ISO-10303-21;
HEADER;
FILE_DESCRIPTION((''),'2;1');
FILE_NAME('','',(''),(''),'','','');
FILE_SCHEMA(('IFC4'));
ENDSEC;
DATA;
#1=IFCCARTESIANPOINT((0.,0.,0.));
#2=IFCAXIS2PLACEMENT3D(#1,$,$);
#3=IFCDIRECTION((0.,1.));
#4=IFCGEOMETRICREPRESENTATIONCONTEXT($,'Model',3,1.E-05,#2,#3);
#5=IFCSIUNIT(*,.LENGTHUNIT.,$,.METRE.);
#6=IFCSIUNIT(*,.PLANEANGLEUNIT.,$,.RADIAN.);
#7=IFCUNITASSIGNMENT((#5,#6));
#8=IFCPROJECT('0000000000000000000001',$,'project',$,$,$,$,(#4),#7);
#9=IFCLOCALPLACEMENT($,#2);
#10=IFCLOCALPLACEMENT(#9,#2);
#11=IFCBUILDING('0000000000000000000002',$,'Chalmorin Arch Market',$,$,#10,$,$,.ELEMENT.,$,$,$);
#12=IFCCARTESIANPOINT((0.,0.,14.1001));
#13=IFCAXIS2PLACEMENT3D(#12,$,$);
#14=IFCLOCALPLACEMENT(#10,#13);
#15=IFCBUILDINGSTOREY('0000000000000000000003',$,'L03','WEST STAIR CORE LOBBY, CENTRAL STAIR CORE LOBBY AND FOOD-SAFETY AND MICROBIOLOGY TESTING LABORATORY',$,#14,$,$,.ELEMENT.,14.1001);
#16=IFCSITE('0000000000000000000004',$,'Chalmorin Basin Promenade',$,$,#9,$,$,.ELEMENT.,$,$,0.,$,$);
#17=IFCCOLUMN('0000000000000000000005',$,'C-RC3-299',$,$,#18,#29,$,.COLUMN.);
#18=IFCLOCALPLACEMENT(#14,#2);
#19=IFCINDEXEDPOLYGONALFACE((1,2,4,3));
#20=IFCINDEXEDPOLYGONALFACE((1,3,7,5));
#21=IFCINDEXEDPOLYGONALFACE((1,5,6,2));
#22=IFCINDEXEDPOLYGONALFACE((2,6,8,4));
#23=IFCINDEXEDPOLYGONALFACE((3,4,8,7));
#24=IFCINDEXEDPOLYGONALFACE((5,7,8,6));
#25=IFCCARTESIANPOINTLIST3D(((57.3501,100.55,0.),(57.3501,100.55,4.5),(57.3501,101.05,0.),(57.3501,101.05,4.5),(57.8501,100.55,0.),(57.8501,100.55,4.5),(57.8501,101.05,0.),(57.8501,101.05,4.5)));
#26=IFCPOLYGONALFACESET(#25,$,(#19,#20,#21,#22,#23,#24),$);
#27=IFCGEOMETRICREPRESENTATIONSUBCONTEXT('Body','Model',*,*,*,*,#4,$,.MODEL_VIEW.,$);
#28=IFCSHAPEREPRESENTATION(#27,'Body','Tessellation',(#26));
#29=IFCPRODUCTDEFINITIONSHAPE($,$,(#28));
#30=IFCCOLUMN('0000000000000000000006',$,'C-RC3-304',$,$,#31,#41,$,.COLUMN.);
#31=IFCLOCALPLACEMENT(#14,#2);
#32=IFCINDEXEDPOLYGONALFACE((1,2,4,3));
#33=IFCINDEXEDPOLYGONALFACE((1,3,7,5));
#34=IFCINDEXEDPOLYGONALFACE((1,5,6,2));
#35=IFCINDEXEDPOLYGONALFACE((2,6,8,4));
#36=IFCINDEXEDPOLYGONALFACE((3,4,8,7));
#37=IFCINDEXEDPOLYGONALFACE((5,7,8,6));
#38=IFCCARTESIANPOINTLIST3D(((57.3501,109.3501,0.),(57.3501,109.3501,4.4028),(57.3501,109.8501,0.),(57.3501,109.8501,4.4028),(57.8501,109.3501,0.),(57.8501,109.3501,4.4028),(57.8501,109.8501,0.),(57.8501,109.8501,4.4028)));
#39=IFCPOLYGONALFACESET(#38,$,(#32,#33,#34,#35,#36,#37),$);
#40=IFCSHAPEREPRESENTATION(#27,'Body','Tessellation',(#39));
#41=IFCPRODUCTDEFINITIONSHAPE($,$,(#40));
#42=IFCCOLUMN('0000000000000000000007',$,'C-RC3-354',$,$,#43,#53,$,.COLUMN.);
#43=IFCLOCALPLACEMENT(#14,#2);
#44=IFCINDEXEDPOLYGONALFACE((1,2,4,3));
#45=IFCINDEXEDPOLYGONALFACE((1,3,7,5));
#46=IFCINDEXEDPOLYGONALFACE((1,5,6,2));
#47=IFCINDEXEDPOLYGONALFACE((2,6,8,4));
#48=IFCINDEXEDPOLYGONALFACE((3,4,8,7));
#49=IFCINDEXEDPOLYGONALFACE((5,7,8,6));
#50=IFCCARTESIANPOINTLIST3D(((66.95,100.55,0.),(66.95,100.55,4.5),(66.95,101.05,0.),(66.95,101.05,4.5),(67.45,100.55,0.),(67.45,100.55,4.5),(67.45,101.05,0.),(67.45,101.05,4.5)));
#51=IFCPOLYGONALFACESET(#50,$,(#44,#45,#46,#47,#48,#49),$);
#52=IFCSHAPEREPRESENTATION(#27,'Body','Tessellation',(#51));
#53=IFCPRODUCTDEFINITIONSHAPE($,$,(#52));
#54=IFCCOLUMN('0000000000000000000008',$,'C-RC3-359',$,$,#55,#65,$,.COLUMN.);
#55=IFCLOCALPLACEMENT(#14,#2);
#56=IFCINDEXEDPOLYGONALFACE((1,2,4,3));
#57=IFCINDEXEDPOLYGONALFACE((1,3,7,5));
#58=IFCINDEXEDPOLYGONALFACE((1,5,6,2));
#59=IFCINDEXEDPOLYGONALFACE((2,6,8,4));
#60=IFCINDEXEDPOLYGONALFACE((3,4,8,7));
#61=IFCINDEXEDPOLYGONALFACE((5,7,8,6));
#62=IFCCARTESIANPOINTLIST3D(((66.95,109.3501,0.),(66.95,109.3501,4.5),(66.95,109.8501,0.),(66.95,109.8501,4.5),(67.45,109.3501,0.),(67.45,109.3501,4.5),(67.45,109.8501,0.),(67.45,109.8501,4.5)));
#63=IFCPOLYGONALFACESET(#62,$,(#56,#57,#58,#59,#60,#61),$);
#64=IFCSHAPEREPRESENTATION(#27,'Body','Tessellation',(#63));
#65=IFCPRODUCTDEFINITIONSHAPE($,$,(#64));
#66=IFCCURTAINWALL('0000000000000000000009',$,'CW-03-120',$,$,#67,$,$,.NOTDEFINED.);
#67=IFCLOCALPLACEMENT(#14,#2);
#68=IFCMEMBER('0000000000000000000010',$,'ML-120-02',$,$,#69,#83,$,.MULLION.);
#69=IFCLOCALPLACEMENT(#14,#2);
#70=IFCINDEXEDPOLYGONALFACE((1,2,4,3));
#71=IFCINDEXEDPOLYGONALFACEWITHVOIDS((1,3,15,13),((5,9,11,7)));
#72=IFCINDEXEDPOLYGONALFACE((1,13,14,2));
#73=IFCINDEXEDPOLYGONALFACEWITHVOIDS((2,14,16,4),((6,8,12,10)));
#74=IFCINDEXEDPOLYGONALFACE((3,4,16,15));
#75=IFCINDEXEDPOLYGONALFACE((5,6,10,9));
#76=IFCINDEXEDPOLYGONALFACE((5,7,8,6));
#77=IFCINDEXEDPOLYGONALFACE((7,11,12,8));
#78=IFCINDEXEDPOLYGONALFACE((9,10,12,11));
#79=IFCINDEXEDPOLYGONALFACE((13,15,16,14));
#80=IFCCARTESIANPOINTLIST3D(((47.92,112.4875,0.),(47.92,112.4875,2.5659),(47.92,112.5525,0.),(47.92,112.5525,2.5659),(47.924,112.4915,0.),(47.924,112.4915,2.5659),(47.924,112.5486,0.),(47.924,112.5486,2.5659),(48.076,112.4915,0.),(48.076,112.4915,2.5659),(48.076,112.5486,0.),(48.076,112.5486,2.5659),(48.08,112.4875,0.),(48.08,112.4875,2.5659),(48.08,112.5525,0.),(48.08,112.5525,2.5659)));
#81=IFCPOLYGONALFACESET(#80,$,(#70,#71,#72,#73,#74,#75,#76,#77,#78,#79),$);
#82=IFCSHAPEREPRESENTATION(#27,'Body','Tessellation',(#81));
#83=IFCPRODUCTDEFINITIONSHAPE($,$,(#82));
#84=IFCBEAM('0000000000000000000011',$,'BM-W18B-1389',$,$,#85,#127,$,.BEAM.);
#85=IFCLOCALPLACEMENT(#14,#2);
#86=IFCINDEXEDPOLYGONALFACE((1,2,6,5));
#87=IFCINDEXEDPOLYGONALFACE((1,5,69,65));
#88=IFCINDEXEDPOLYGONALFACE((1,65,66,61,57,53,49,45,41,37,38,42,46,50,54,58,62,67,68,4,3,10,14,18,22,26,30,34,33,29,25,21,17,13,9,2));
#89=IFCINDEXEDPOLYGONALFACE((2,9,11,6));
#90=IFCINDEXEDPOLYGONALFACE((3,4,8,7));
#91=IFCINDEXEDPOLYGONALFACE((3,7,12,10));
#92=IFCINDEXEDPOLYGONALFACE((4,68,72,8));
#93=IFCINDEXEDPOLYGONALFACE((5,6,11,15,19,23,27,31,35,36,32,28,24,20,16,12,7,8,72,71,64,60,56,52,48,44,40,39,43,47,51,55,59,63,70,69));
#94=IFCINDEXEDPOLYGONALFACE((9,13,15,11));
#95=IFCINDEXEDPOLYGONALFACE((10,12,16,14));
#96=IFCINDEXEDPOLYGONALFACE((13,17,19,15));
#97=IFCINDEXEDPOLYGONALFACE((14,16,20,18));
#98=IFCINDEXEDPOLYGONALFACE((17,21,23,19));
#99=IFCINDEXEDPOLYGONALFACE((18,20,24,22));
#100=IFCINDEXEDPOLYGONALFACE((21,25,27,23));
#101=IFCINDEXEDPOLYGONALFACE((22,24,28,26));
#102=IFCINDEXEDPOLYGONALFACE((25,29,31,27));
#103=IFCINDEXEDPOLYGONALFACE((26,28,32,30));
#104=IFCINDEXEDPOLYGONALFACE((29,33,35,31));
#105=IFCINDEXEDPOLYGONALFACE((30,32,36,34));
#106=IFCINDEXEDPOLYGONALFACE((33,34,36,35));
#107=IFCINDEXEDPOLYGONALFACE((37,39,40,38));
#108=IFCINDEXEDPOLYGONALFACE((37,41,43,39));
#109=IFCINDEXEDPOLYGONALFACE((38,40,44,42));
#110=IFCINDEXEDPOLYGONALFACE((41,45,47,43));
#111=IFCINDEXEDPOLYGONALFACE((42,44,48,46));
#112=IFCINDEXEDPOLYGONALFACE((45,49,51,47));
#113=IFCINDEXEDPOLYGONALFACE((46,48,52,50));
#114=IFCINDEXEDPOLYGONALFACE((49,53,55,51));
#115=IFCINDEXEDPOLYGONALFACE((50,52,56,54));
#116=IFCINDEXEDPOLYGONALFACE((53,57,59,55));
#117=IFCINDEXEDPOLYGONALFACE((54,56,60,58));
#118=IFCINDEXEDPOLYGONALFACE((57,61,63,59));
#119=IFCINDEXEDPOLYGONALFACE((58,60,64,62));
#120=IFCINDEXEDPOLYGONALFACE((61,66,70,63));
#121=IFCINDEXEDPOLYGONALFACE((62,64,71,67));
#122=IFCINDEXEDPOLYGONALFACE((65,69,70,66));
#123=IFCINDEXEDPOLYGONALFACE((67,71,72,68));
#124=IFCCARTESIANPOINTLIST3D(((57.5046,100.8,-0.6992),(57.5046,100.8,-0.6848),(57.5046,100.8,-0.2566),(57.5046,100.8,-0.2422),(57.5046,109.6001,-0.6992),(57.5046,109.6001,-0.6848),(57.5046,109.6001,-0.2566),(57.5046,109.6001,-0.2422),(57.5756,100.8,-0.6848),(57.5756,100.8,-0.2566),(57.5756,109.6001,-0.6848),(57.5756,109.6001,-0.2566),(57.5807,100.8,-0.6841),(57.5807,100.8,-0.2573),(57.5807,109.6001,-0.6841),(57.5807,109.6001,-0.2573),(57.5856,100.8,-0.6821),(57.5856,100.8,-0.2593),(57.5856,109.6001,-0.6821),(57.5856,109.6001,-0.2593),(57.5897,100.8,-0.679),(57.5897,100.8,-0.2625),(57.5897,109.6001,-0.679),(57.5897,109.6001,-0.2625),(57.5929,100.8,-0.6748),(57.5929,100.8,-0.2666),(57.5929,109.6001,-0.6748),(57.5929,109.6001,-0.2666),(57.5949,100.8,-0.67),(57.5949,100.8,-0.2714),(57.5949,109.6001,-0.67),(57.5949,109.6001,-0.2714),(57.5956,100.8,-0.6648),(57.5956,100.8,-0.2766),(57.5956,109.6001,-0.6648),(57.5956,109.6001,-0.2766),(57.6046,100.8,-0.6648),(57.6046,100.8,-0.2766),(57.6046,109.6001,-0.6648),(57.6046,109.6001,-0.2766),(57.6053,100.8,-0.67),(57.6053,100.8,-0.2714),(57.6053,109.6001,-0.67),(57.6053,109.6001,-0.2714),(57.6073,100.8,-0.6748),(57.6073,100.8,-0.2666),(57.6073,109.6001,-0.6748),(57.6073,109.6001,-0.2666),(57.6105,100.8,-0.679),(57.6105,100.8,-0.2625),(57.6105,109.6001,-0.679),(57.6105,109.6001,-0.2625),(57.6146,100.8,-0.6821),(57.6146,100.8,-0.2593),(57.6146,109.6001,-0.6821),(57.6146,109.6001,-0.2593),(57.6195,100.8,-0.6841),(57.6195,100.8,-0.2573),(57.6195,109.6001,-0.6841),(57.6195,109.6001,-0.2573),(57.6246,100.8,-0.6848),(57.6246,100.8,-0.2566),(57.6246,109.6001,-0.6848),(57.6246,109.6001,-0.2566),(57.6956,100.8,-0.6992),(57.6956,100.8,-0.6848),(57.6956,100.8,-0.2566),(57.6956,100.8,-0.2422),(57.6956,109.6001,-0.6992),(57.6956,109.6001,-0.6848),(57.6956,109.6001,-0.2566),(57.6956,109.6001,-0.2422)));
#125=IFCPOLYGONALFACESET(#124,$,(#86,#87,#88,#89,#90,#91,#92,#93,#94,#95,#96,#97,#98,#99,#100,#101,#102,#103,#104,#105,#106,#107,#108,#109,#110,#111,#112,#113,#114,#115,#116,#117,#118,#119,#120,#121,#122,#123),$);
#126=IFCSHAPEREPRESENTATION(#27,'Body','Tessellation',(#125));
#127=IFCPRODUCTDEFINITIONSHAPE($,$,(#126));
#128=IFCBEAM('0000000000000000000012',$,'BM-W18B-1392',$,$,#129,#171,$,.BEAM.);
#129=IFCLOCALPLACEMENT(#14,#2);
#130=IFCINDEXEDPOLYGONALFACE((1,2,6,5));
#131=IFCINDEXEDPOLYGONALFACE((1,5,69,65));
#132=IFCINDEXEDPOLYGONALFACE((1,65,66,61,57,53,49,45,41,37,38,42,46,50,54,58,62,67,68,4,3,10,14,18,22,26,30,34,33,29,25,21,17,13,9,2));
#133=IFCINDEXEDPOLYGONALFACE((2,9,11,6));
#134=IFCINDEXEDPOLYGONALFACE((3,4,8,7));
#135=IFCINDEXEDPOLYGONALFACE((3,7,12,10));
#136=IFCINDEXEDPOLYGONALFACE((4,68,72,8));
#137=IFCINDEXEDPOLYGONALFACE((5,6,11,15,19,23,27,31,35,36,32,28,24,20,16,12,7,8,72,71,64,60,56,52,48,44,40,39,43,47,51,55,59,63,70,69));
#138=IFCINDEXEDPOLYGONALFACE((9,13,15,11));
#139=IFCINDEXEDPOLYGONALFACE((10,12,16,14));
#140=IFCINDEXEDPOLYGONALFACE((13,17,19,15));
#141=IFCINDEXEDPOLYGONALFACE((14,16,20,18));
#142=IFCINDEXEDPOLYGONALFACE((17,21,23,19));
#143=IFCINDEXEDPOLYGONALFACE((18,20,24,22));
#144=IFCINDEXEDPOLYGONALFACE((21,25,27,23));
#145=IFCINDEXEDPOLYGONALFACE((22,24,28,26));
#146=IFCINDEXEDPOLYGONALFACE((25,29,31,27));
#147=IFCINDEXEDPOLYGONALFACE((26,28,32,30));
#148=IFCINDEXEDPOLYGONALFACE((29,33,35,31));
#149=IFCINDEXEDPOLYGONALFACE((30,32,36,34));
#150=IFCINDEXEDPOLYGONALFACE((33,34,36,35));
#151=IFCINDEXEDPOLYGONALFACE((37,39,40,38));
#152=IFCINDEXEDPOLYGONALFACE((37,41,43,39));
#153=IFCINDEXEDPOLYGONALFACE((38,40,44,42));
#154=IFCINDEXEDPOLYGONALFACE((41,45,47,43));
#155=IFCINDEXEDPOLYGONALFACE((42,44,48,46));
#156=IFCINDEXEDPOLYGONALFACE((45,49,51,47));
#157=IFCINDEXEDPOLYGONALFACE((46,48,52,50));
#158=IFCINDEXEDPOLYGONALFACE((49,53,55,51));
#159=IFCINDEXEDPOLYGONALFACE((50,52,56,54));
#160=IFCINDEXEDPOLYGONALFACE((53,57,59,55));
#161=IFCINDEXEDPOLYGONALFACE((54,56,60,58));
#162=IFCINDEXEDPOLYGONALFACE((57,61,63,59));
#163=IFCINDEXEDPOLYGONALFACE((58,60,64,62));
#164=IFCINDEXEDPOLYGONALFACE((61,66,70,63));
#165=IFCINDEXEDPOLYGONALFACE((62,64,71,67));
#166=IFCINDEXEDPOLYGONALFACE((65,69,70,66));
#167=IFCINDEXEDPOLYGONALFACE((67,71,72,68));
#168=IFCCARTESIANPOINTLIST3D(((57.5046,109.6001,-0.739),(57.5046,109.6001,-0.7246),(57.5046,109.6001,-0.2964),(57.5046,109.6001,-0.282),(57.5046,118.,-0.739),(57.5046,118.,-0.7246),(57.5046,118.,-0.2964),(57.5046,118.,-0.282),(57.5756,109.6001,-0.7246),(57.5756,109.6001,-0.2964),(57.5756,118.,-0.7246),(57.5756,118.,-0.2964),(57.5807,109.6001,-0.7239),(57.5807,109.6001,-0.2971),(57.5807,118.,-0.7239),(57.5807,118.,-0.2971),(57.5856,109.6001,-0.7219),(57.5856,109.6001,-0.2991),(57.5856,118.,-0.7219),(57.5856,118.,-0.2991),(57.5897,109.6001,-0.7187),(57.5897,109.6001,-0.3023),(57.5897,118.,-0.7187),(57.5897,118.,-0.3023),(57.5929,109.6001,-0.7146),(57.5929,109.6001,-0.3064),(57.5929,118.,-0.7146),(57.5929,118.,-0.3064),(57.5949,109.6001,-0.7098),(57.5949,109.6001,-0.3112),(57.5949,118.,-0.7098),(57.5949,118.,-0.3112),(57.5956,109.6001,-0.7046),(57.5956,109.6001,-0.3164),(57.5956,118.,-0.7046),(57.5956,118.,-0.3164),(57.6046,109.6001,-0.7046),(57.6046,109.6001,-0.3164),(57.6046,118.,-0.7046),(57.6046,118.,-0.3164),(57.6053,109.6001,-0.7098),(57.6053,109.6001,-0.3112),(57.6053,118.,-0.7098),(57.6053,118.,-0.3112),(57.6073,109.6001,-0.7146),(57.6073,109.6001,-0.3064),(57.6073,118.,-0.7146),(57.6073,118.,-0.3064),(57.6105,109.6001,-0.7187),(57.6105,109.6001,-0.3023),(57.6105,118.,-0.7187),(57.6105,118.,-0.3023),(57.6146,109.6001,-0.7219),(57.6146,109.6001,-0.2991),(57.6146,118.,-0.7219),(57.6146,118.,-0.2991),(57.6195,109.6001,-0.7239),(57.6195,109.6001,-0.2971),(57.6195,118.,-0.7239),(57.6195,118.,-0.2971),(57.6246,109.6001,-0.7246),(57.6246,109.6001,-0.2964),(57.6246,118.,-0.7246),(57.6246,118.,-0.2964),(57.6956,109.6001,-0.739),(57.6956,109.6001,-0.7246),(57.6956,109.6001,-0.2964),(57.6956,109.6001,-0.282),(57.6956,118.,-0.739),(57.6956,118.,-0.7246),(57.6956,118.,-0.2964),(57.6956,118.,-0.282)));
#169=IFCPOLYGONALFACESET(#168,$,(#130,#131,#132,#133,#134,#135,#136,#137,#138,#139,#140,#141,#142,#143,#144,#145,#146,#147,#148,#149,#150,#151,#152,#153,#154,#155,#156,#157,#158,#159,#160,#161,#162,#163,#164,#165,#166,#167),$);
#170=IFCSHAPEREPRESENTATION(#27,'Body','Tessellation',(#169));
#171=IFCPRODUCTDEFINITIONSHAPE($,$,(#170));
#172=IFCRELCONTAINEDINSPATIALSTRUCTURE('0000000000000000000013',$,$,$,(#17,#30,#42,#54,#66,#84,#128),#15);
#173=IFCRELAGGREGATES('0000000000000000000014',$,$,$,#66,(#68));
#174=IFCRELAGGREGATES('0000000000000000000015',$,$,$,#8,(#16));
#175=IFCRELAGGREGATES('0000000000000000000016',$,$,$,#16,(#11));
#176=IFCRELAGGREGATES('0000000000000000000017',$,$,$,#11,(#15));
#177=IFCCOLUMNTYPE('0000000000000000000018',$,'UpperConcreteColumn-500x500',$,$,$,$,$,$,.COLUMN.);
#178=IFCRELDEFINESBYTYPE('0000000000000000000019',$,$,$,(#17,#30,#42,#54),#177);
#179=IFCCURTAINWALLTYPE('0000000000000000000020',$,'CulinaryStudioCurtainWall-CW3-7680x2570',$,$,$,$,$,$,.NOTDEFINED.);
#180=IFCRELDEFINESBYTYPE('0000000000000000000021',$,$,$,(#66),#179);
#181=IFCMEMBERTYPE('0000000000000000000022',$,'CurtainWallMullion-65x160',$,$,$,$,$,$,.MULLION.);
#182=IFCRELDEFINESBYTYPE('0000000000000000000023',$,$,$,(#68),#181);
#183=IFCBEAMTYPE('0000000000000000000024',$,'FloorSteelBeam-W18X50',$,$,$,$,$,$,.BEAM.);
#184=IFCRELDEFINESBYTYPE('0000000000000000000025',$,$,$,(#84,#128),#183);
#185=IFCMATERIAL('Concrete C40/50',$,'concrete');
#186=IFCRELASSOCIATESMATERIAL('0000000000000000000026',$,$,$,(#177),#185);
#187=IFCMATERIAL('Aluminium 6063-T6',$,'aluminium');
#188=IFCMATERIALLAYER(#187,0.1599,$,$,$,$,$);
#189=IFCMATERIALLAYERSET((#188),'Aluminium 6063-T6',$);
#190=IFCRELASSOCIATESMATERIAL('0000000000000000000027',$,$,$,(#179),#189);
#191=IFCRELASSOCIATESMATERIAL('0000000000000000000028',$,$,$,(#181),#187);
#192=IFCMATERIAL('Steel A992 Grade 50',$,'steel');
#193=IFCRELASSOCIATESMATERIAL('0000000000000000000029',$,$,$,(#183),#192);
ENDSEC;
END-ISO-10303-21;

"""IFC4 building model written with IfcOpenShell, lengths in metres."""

from ifc_helpers import new_model, si_unit, direction, frame, origin, origin_2d, place, context, subcontext, project, spatial, rectangle, hollow_rectangle, i_section, extrude, material, layer, layer_set, material_profile, profile_set, type_object, element, aggregate, save


model = new_model("IFC4")

# Units and contexts
model_context = context("Model", 3, precision=1e-05, world=origin(), true_north=direction((0.0, 1.0)))
body_context = subcontext(model_context, "Body", "Model", "MODEL_VIEW")
ifc_project = project(units=[si_unit("LENGTHUNIT", "METRE"), si_unit("PLANEANGLEUNIT", "RADIAN")], contexts=[model_context])

# Site, building, storey
site_placement = place(None, origin())
site = spatial("IfcSite", under=ifc_project, at=site_placement, Name="Chalmorin Basin Promenade", CompositionType="ELEMENT", RefElevation=0.0)
building_placement = place(site_placement, origin())
building = spatial("IfcBuilding", under=site, at=building_placement, Name="Chalmorin Arch Market", CompositionType="ELEMENT")
storey_placement = place(building_placement, frame((0.0, 0.0, 14.1001)))
storey = spatial("IfcBuildingStorey", under=building, at=storey_placement, Name="L03", Description="WEST STAIR CORE LOBBY, CENTRAL STAIR CORE LOBBY AND FOOD-SAFETY AND MICROBIOLOGY TESTING LABORATORY", CompositionType="ELEMENT", Elevation=14.1001)

# Columns
ifc_material_1 = material(Name="Concrete C40/50", Category="concrete")
ifc_material_profile_1 = material_profile(ifc_material_1, rectangle(XDim=0.5, YDim=0.5, at=origin_2d()), Name="RC500X500")
ifc_profile_set_1 = profile_set([ifc_material_profile_1], Name="Concrete C40/50")
column_type = type_object("IfcColumnType", Name="UpperConcreteColumn-500x500", PredefinedType="COLUMN", material=ifc_profile_set_1)
column_1_placement = place(storey_placement, frame((57.6001, 100.8, 0.0), z_axis=(0.0, 0.0, 1.0), x_axis=(1.0, 0.0, 0.0)))
element("IfcColumn", 1, at=column_1_placement, inside=storey, type_object=column_type, Name="C-RC3-299", PredefinedType="COLUMN", context=body_context, shape_type="SweptSolid", body=[
    extrude(rectangle(XDim=0.5, YDim=0.5, at=origin_2d()), origin(), (0.0, 0.0, 1.0), 4.5),
])
column_2_placement = place(storey_placement, frame((57.6001, 109.6001, 0.0), z_axis=(0.0, 0.0, 1.0), x_axis=(1.0, 0.0, 0.0)))
element("IfcColumn", 2, at=column_2_placement, inside=storey, type_object=column_type, Name="C-RC3-304", PredefinedType="COLUMN", context=body_context, shape_type="SweptSolid", body=[
    extrude(rectangle(XDim=0.5, YDim=0.5, at=origin_2d()), origin(), (0.0, 0.0, 1.0), 4.4028),
])
for number, where, z_axis, x_axis, name in (
    (3, (67.2, 100.8, 0.0), (0.0, 0.0, 1.0), (1.0, 0.0, 0.0), "C-RC3-354"),
    (4, (67.2, 109.6001, 0.0), (0.0, 0.0, 1.0), (1.0, 0.0, 0.0), "C-RC3-359"),
):
    element("IfcColumn", number, at=place(storey_placement, frame(where, z_axis=z_axis, x_axis=x_axis)), inside=storey, type_object=column_type, Name=name, PredefinedType="COLUMN", context=body_context, shape_type="SweptSolid", body=[
        extrude(rectangle(XDim=0.5, YDim=0.5, at=origin_2d()), origin(), (0.0, 0.0, 1.0), 4.5),
    ])

# Curtain wall, member
ifc_material_2 = material(Name="Aluminium 6063-T6", Category="aluminium")
ifc_layer_1 = layer(ifc_material_2, 0.1599)
ifc_layer_set_1 = layer_set([ifc_layer_1], Name="Aluminium 6063-T6")
curtain_wall_type = type_object("IfcCurtainWallType", Name="CulinaryStudioCurtainWall-CW3-7680x2570", PredefinedType="NOTDEFINED", material=ifc_layer_set_1)
curtain_wall_placement = place(storey_placement, origin())
curtain_wall = element("IfcCurtainWall", 5, at=curtain_wall_placement, inside=storey, type_object=curtain_wall_type, Name="CW-03-120", PredefinedType="NOTDEFINED")
ifc_material_profile_2 = material_profile(ifc_material_2, hollow_rectangle(XDim=0.0649, YDim=0.1599, WallThickness=0.0039, at=origin_2d()), Name="ALU65X160X4")
ifc_profile_set_2 = profile_set([ifc_material_profile_2], Name="Aluminium 6063-T6")
member_type_1 = type_object("IfcMemberType", Name="CurtainWallMullion-65x160", PredefinedType="MULLION", material=ifc_profile_set_2)
member_1_placement = place(storey_placement, frame((48.0, 112.52, 0.0), z_axis=(0.0, 0.0, 1.0), x_axis=(0.0, 1.0, 0.0)))
member_1 = element("IfcMember", 6, at=member_1_placement, type_object=member_type_1, Name="ML-120-02", PredefinedType="MULLION", context=body_context, shape_type="SweptSolid", body=[
    extrude(hollow_rectangle(XDim=0.0649, YDim=0.1599, WallThickness=0.0039, at=origin_2d()), origin(), (0.0, 0.0, 1.0), 2.5659),
])

# Beams
ifc_material_3 = material(Name="Steel A992 Grade 50", Category="steel")
ifc_material_profile_3 = material_profile(ifc_material_3, i_section(OverallWidth=0.1909, OverallDepth=0.457, WebThickness=0.009, FlangeThickness=0.0144, FilletRadius=0.02, at=origin_2d()), Name="W18X50")
ifc_profile_set_3 = profile_set([ifc_material_profile_3], Name="Steel A992 Grade 50")
beam_type_1 = type_object("IfcBeamType", Name="FloorSteelBeam-W18X50", PredefinedType="BEAM", material=ifc_profile_set_3)
beam_1_placement = place(storey_placement, frame((57.6001, 100.8, -0.4707), z_axis=(0.0, 1.0, 0.0), x_axis=(-1.0, 0.0, 0.0)))
element("IfcBeam", 7, at=beam_1_placement, inside=storey, type_object=beam_type_1, Name="BM-W18B-1389", PredefinedType="BEAM", context=body_context, shape_type="SweptSolid", body=[
    extrude(i_section(OverallWidth=0.1909, OverallDepth=0.457, WebThickness=0.009, FlangeThickness=0.0144, FilletRadius=0.02, at=origin_2d()), origin(), (0.0, 0.0, 1.0), 8.8),
])
beam_2_placement = place(storey_placement, frame((57.6001, 109.6001, -0.5105), z_axis=(0.0, 1.0, 0.0), x_axis=(-1.0, 0.0, 0.0)))
element("IfcBeam", 8, at=beam_2_placement, inside=storey, type_object=beam_type_1, Name="BM-W18B-1392", PredefinedType="BEAM", context=body_context, shape_type="SweptSolid", body=[
    extrude(i_section(OverallWidth=0.1909, OverallDepth=0.457, WebThickness=0.009, FlangeThickness=0.0144, FilletRadius=0.02, at=origin_2d()), origin(), (0.0, 0.0, 1.0), 8.3999),
])

aggregate(curtain_wall, [member_1])

save(model, "model.ifc")
